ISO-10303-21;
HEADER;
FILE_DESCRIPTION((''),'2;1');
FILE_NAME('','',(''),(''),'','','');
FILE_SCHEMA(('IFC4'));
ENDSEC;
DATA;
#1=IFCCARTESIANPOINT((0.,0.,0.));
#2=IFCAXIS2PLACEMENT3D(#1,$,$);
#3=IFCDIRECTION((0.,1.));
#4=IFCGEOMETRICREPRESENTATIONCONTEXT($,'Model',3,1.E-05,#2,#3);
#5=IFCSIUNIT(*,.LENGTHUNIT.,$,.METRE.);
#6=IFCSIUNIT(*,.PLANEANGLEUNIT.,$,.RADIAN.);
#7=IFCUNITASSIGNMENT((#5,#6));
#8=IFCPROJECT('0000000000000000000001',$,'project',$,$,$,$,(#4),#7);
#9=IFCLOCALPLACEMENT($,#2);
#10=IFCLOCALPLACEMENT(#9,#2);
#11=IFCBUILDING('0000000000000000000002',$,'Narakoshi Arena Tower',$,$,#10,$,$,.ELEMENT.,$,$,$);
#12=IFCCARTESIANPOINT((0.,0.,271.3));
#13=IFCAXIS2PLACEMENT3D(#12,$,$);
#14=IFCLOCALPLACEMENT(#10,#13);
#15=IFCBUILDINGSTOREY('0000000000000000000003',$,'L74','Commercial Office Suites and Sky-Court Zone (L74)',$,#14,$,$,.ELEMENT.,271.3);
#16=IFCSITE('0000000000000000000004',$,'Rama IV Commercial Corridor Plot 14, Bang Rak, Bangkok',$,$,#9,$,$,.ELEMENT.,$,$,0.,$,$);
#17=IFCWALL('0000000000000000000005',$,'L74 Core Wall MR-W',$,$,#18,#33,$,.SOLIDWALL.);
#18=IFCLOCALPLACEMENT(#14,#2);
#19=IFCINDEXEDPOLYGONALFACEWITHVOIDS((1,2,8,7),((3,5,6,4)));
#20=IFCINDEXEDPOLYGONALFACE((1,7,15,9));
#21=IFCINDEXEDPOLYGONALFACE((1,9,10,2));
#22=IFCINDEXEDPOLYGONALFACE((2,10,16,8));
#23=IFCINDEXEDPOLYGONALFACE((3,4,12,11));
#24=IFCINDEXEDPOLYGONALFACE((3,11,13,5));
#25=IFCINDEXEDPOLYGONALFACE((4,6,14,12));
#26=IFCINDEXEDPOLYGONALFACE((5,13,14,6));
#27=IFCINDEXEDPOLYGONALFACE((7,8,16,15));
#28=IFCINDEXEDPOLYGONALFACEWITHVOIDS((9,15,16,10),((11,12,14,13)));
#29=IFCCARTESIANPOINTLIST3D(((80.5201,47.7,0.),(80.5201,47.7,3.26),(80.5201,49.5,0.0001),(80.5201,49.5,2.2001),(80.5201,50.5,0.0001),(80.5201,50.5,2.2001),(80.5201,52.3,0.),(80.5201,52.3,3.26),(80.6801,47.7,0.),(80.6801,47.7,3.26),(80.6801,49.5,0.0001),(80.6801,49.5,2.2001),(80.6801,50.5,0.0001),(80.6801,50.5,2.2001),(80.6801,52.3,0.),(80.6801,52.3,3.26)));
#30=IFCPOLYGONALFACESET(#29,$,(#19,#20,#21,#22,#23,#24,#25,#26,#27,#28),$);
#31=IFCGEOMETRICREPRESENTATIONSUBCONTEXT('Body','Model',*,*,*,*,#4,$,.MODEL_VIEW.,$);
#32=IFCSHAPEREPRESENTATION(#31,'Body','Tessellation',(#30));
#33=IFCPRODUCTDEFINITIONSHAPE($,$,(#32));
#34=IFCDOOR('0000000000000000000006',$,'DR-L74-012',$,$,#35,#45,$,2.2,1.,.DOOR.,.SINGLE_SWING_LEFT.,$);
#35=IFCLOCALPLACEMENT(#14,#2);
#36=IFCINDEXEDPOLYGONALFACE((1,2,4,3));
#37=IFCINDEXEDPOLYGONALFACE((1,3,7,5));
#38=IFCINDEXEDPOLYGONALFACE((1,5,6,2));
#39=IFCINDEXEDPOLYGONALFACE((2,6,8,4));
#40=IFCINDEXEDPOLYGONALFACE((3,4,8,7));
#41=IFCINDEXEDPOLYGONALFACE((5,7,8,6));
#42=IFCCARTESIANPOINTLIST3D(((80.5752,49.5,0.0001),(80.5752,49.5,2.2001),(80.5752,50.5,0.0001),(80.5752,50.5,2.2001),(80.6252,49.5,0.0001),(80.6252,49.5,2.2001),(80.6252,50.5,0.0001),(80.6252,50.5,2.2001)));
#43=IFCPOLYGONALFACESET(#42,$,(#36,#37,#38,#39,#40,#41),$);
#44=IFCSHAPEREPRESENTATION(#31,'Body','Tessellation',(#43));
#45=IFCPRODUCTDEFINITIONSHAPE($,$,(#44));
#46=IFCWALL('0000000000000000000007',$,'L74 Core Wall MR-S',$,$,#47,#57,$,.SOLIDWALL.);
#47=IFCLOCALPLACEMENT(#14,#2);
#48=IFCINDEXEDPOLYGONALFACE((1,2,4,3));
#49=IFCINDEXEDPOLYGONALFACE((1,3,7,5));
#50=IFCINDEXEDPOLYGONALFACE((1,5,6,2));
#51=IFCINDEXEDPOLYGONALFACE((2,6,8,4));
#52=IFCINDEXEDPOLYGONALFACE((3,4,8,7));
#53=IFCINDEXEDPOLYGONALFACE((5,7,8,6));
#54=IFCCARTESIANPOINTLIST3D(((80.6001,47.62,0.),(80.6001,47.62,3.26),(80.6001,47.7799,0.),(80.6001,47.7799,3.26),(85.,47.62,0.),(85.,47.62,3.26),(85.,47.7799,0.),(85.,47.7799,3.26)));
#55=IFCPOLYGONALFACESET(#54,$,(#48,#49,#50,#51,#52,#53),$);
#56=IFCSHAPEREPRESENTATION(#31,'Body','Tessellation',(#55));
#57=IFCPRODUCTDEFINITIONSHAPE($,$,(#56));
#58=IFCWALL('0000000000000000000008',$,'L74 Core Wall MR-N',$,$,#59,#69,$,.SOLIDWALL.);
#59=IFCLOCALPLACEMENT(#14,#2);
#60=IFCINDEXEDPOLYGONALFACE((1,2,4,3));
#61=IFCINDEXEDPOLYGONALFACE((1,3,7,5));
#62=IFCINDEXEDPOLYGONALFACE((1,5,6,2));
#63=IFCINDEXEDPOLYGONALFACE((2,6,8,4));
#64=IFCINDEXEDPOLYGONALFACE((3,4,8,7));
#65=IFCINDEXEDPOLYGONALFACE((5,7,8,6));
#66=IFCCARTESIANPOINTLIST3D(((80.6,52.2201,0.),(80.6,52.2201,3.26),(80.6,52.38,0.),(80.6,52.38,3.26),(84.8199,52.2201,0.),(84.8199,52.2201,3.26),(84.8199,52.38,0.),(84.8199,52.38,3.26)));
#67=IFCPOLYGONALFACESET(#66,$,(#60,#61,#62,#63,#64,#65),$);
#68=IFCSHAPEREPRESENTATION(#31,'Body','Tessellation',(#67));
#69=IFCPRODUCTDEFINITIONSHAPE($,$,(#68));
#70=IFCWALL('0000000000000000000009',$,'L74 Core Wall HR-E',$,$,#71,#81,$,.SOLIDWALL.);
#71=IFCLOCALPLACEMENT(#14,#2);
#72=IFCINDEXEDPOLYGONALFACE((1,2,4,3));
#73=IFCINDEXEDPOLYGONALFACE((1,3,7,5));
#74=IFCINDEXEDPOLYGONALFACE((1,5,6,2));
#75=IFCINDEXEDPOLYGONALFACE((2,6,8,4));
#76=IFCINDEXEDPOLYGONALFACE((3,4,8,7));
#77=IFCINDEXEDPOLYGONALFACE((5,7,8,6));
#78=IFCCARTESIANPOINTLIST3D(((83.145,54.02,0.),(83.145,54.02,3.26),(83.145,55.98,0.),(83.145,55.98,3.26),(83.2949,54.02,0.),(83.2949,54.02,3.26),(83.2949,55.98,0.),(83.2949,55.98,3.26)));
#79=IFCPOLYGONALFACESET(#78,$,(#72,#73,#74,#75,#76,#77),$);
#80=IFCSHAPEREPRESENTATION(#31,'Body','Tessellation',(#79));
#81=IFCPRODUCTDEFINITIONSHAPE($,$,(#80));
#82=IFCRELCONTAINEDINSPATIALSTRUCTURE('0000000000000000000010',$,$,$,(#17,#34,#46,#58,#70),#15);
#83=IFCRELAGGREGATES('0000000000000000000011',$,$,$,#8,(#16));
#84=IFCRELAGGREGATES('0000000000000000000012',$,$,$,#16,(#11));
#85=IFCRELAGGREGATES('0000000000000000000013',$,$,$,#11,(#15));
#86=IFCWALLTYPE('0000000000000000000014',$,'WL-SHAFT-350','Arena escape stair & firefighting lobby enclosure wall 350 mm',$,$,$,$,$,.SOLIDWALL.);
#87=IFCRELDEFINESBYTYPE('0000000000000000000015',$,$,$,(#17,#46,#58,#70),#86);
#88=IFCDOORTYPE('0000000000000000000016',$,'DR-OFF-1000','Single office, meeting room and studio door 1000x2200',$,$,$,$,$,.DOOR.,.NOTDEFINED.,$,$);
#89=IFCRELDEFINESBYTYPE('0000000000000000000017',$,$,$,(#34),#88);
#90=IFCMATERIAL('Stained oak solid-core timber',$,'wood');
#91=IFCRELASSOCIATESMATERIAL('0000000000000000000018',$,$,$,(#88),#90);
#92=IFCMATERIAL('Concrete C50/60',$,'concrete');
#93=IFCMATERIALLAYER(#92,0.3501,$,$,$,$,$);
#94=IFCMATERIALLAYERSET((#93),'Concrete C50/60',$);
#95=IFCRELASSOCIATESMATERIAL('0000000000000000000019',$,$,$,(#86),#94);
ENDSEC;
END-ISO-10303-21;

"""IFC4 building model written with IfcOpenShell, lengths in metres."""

from ifc_helpers import new_model, si_unit, direction, frame, frame_2d, origin, place, context, subcontext, project, spatial, rectangle, extrude, material, layer, layer_set, type_object, element, fill, save


model = new_model("IFC4")

# Units and contexts
model_context = context("Model", 3, precision=1e-05, world=origin(), true_north=direction((0.0, 1.0)))
body_context = subcontext(model_context, "Body", "Model", "MODEL_VIEW")
ifc_project = project(units=[si_unit("LENGTHUNIT", "METRE"), si_unit("PLANEANGLEUNIT", "RADIAN")], contexts=[model_context])

# Site, building, storey
site_placement = place(None, origin())
site = spatial("IfcSite", under=ifc_project, at=site_placement, Name="Rama IV Commercial Corridor Plot 14, Bang Rak, Bangkok", CompositionType="ELEMENT", RefElevation=0.0)
building_placement = place(site_placement, origin())
building = spatial("IfcBuilding", under=site, at=building_placement, Name="Narakoshi Arena Tower", CompositionType="ELEMENT")
storey_placement = place(building_placement, frame((0.0, 0.0, 271.3)))
storey = spatial("IfcBuildingStorey", under=building, at=storey_placement, Name="L74", Description="Commercial Office Suites and Sky-Court Zone (L74)", CompositionType="ELEMENT", Elevation=271.3)

# Shared definitions
ifc_material_1 = material(Name="Concrete C50/60", Category="concrete")

# Shared definitions
ifc_material_2 = material(Name="Stained oak solid-core timber", Category="wood")
door_type_1 = type_object("IfcDoorType", Name="DR-OFF-1000", Description="Single office, meeting room and studio door 1000x2200", OperationType="NOTDEFINED", PredefinedType="DOOR", material=ifc_material_2)

# Wall, opening, door
ifc_layer_1 = layer(ifc_material_1, 0.3501)
ifc_layer_set_1 = layer_set([ifc_layer_1], Name="Concrete C50/60")
wall_type_1 = type_object("IfcWallType", Name="WL-SHAFT-350", Description="Arena escape stair & firefighting lobby enclosure wall 350 mm", PredefinedType="SOLIDWALL", material=ifc_layer_set_1)
wall_1_placement = place(storey_placement, frame((80.6001, 47.7, 0.0), z_axis=(0.0, 0.0, 1.0), x_axis=(0.0, 1.0, 0.0)))
wall_1 = element("IfcWall", 1, at=wall_1_placement, inside=storey, type_object=wall_type_1, Name="L74 Core Wall MR-W", PredefinedType="SOLIDWALL", context=body_context, shape_type="SweptSolid", body=[
    extrude(rectangle(XDim=4.6001, YDim=0.1599, at=frame_2d((2.3, 0.0))), origin(), (0.0, 0.0, 1.0), 3.26),
])
opening_1_placement = place(wall_1_placement, frame((1.8, 0.0, 0.0)))
opening_1 = element("IfcOpeningElement", 2, at=opening_1_placement, cuts=wall_1, PredefinedType="OPENING", context=body_context, shape_type="SweptSolid", body=[
    extrude(rectangle(XDim=1.0, YDim=2.2, at=frame_2d((0.5, 1.1001))), frame((0.0, 0.0898, 0.0), z_axis=(0.0, -1.0, 0.0), x_axis=(1.0, 0.0, 0.0)), (0.0, 0.0, 1.0), 0.1799),
])
door_1_placement = place(opening_1_placement, origin())
door_1 = element("IfcDoor", 3, at=door_1_placement, inside=storey, type_object=door_type_1, Name="DR-L74-012", OperationType="SINGLE_SWING_LEFT", OverallHeight=2.2, OverallWidth=1.0, PredefinedType="DOOR", context=body_context, shape_type="SweptSolid", body=[
    extrude(rectangle(XDim=1.0, YDim=2.2, at=frame_2d((0.5, 1.1001))), frame((0.0, 0.0249, 0.0), z_axis=(0.0, -1.0, 0.0), x_axis=(1.0, 0.0, 0.0)), (0.0, 0.0, 1.0), 0.05),
])
fill(opening_1, door_1)

# Walls
wall_2_placement = place(storey_placement, frame((80.6001, 47.7, 0.0), z_axis=(0.0, 0.0, 1.0), x_axis=(1.0, 0.0, 0.0)))
element("IfcWall", 4, at=wall_2_placement, inside=storey, type_object=wall_type_1, Name="L74 Core Wall MR-S", PredefinedType="SOLIDWALL", context=body_context, shape_type="SweptSolid", body=[
    extrude(rectangle(XDim=4.3999, YDim=0.1599, at=frame_2d((2.2, 0.0))), origin(), (0.0, 0.0, 1.0), 3.26),
])
wall_3_placement = place(storey_placement, frame((80.6001, 52.3, 0.0), z_axis=(0.0, 0.0, 1.0), x_axis=(1.0, 0.0, 0.0)))
element("IfcWall", 5, at=wall_3_placement, inside=storey, type_object=wall_type_1, Name="L74 Core Wall MR-N", PredefinedType="SOLIDWALL", context=body_context, shape_type="SweptSolid", body=[
    extrude(rectangle(XDim=4.22, YDim=0.1599, at=frame_2d((2.1099, 0.0))), origin(), (0.0, 0.0, 1.0), 3.26),
])
wall_4_placement = place(storey_placement, frame((83.22, 54.02, 0.0), z_axis=(0.0, 0.0, 1.0), x_axis=(0.0, 1.0, 0.0)))
element("IfcWall", 6, at=wall_4_placement, inside=storey, type_object=wall_type_1, Name="L74 Core Wall HR-E", PredefinedType="SOLIDWALL", context=body_context, shape_type="SweptSolid", body=[
    extrude(rectangle(XDim=1.96, YDim=0.1499, at=frame_2d((0.98, 0.0))), origin(), (0.0, 0.0, 1.0), 3.26),
])

save(model, "model.ifc")
